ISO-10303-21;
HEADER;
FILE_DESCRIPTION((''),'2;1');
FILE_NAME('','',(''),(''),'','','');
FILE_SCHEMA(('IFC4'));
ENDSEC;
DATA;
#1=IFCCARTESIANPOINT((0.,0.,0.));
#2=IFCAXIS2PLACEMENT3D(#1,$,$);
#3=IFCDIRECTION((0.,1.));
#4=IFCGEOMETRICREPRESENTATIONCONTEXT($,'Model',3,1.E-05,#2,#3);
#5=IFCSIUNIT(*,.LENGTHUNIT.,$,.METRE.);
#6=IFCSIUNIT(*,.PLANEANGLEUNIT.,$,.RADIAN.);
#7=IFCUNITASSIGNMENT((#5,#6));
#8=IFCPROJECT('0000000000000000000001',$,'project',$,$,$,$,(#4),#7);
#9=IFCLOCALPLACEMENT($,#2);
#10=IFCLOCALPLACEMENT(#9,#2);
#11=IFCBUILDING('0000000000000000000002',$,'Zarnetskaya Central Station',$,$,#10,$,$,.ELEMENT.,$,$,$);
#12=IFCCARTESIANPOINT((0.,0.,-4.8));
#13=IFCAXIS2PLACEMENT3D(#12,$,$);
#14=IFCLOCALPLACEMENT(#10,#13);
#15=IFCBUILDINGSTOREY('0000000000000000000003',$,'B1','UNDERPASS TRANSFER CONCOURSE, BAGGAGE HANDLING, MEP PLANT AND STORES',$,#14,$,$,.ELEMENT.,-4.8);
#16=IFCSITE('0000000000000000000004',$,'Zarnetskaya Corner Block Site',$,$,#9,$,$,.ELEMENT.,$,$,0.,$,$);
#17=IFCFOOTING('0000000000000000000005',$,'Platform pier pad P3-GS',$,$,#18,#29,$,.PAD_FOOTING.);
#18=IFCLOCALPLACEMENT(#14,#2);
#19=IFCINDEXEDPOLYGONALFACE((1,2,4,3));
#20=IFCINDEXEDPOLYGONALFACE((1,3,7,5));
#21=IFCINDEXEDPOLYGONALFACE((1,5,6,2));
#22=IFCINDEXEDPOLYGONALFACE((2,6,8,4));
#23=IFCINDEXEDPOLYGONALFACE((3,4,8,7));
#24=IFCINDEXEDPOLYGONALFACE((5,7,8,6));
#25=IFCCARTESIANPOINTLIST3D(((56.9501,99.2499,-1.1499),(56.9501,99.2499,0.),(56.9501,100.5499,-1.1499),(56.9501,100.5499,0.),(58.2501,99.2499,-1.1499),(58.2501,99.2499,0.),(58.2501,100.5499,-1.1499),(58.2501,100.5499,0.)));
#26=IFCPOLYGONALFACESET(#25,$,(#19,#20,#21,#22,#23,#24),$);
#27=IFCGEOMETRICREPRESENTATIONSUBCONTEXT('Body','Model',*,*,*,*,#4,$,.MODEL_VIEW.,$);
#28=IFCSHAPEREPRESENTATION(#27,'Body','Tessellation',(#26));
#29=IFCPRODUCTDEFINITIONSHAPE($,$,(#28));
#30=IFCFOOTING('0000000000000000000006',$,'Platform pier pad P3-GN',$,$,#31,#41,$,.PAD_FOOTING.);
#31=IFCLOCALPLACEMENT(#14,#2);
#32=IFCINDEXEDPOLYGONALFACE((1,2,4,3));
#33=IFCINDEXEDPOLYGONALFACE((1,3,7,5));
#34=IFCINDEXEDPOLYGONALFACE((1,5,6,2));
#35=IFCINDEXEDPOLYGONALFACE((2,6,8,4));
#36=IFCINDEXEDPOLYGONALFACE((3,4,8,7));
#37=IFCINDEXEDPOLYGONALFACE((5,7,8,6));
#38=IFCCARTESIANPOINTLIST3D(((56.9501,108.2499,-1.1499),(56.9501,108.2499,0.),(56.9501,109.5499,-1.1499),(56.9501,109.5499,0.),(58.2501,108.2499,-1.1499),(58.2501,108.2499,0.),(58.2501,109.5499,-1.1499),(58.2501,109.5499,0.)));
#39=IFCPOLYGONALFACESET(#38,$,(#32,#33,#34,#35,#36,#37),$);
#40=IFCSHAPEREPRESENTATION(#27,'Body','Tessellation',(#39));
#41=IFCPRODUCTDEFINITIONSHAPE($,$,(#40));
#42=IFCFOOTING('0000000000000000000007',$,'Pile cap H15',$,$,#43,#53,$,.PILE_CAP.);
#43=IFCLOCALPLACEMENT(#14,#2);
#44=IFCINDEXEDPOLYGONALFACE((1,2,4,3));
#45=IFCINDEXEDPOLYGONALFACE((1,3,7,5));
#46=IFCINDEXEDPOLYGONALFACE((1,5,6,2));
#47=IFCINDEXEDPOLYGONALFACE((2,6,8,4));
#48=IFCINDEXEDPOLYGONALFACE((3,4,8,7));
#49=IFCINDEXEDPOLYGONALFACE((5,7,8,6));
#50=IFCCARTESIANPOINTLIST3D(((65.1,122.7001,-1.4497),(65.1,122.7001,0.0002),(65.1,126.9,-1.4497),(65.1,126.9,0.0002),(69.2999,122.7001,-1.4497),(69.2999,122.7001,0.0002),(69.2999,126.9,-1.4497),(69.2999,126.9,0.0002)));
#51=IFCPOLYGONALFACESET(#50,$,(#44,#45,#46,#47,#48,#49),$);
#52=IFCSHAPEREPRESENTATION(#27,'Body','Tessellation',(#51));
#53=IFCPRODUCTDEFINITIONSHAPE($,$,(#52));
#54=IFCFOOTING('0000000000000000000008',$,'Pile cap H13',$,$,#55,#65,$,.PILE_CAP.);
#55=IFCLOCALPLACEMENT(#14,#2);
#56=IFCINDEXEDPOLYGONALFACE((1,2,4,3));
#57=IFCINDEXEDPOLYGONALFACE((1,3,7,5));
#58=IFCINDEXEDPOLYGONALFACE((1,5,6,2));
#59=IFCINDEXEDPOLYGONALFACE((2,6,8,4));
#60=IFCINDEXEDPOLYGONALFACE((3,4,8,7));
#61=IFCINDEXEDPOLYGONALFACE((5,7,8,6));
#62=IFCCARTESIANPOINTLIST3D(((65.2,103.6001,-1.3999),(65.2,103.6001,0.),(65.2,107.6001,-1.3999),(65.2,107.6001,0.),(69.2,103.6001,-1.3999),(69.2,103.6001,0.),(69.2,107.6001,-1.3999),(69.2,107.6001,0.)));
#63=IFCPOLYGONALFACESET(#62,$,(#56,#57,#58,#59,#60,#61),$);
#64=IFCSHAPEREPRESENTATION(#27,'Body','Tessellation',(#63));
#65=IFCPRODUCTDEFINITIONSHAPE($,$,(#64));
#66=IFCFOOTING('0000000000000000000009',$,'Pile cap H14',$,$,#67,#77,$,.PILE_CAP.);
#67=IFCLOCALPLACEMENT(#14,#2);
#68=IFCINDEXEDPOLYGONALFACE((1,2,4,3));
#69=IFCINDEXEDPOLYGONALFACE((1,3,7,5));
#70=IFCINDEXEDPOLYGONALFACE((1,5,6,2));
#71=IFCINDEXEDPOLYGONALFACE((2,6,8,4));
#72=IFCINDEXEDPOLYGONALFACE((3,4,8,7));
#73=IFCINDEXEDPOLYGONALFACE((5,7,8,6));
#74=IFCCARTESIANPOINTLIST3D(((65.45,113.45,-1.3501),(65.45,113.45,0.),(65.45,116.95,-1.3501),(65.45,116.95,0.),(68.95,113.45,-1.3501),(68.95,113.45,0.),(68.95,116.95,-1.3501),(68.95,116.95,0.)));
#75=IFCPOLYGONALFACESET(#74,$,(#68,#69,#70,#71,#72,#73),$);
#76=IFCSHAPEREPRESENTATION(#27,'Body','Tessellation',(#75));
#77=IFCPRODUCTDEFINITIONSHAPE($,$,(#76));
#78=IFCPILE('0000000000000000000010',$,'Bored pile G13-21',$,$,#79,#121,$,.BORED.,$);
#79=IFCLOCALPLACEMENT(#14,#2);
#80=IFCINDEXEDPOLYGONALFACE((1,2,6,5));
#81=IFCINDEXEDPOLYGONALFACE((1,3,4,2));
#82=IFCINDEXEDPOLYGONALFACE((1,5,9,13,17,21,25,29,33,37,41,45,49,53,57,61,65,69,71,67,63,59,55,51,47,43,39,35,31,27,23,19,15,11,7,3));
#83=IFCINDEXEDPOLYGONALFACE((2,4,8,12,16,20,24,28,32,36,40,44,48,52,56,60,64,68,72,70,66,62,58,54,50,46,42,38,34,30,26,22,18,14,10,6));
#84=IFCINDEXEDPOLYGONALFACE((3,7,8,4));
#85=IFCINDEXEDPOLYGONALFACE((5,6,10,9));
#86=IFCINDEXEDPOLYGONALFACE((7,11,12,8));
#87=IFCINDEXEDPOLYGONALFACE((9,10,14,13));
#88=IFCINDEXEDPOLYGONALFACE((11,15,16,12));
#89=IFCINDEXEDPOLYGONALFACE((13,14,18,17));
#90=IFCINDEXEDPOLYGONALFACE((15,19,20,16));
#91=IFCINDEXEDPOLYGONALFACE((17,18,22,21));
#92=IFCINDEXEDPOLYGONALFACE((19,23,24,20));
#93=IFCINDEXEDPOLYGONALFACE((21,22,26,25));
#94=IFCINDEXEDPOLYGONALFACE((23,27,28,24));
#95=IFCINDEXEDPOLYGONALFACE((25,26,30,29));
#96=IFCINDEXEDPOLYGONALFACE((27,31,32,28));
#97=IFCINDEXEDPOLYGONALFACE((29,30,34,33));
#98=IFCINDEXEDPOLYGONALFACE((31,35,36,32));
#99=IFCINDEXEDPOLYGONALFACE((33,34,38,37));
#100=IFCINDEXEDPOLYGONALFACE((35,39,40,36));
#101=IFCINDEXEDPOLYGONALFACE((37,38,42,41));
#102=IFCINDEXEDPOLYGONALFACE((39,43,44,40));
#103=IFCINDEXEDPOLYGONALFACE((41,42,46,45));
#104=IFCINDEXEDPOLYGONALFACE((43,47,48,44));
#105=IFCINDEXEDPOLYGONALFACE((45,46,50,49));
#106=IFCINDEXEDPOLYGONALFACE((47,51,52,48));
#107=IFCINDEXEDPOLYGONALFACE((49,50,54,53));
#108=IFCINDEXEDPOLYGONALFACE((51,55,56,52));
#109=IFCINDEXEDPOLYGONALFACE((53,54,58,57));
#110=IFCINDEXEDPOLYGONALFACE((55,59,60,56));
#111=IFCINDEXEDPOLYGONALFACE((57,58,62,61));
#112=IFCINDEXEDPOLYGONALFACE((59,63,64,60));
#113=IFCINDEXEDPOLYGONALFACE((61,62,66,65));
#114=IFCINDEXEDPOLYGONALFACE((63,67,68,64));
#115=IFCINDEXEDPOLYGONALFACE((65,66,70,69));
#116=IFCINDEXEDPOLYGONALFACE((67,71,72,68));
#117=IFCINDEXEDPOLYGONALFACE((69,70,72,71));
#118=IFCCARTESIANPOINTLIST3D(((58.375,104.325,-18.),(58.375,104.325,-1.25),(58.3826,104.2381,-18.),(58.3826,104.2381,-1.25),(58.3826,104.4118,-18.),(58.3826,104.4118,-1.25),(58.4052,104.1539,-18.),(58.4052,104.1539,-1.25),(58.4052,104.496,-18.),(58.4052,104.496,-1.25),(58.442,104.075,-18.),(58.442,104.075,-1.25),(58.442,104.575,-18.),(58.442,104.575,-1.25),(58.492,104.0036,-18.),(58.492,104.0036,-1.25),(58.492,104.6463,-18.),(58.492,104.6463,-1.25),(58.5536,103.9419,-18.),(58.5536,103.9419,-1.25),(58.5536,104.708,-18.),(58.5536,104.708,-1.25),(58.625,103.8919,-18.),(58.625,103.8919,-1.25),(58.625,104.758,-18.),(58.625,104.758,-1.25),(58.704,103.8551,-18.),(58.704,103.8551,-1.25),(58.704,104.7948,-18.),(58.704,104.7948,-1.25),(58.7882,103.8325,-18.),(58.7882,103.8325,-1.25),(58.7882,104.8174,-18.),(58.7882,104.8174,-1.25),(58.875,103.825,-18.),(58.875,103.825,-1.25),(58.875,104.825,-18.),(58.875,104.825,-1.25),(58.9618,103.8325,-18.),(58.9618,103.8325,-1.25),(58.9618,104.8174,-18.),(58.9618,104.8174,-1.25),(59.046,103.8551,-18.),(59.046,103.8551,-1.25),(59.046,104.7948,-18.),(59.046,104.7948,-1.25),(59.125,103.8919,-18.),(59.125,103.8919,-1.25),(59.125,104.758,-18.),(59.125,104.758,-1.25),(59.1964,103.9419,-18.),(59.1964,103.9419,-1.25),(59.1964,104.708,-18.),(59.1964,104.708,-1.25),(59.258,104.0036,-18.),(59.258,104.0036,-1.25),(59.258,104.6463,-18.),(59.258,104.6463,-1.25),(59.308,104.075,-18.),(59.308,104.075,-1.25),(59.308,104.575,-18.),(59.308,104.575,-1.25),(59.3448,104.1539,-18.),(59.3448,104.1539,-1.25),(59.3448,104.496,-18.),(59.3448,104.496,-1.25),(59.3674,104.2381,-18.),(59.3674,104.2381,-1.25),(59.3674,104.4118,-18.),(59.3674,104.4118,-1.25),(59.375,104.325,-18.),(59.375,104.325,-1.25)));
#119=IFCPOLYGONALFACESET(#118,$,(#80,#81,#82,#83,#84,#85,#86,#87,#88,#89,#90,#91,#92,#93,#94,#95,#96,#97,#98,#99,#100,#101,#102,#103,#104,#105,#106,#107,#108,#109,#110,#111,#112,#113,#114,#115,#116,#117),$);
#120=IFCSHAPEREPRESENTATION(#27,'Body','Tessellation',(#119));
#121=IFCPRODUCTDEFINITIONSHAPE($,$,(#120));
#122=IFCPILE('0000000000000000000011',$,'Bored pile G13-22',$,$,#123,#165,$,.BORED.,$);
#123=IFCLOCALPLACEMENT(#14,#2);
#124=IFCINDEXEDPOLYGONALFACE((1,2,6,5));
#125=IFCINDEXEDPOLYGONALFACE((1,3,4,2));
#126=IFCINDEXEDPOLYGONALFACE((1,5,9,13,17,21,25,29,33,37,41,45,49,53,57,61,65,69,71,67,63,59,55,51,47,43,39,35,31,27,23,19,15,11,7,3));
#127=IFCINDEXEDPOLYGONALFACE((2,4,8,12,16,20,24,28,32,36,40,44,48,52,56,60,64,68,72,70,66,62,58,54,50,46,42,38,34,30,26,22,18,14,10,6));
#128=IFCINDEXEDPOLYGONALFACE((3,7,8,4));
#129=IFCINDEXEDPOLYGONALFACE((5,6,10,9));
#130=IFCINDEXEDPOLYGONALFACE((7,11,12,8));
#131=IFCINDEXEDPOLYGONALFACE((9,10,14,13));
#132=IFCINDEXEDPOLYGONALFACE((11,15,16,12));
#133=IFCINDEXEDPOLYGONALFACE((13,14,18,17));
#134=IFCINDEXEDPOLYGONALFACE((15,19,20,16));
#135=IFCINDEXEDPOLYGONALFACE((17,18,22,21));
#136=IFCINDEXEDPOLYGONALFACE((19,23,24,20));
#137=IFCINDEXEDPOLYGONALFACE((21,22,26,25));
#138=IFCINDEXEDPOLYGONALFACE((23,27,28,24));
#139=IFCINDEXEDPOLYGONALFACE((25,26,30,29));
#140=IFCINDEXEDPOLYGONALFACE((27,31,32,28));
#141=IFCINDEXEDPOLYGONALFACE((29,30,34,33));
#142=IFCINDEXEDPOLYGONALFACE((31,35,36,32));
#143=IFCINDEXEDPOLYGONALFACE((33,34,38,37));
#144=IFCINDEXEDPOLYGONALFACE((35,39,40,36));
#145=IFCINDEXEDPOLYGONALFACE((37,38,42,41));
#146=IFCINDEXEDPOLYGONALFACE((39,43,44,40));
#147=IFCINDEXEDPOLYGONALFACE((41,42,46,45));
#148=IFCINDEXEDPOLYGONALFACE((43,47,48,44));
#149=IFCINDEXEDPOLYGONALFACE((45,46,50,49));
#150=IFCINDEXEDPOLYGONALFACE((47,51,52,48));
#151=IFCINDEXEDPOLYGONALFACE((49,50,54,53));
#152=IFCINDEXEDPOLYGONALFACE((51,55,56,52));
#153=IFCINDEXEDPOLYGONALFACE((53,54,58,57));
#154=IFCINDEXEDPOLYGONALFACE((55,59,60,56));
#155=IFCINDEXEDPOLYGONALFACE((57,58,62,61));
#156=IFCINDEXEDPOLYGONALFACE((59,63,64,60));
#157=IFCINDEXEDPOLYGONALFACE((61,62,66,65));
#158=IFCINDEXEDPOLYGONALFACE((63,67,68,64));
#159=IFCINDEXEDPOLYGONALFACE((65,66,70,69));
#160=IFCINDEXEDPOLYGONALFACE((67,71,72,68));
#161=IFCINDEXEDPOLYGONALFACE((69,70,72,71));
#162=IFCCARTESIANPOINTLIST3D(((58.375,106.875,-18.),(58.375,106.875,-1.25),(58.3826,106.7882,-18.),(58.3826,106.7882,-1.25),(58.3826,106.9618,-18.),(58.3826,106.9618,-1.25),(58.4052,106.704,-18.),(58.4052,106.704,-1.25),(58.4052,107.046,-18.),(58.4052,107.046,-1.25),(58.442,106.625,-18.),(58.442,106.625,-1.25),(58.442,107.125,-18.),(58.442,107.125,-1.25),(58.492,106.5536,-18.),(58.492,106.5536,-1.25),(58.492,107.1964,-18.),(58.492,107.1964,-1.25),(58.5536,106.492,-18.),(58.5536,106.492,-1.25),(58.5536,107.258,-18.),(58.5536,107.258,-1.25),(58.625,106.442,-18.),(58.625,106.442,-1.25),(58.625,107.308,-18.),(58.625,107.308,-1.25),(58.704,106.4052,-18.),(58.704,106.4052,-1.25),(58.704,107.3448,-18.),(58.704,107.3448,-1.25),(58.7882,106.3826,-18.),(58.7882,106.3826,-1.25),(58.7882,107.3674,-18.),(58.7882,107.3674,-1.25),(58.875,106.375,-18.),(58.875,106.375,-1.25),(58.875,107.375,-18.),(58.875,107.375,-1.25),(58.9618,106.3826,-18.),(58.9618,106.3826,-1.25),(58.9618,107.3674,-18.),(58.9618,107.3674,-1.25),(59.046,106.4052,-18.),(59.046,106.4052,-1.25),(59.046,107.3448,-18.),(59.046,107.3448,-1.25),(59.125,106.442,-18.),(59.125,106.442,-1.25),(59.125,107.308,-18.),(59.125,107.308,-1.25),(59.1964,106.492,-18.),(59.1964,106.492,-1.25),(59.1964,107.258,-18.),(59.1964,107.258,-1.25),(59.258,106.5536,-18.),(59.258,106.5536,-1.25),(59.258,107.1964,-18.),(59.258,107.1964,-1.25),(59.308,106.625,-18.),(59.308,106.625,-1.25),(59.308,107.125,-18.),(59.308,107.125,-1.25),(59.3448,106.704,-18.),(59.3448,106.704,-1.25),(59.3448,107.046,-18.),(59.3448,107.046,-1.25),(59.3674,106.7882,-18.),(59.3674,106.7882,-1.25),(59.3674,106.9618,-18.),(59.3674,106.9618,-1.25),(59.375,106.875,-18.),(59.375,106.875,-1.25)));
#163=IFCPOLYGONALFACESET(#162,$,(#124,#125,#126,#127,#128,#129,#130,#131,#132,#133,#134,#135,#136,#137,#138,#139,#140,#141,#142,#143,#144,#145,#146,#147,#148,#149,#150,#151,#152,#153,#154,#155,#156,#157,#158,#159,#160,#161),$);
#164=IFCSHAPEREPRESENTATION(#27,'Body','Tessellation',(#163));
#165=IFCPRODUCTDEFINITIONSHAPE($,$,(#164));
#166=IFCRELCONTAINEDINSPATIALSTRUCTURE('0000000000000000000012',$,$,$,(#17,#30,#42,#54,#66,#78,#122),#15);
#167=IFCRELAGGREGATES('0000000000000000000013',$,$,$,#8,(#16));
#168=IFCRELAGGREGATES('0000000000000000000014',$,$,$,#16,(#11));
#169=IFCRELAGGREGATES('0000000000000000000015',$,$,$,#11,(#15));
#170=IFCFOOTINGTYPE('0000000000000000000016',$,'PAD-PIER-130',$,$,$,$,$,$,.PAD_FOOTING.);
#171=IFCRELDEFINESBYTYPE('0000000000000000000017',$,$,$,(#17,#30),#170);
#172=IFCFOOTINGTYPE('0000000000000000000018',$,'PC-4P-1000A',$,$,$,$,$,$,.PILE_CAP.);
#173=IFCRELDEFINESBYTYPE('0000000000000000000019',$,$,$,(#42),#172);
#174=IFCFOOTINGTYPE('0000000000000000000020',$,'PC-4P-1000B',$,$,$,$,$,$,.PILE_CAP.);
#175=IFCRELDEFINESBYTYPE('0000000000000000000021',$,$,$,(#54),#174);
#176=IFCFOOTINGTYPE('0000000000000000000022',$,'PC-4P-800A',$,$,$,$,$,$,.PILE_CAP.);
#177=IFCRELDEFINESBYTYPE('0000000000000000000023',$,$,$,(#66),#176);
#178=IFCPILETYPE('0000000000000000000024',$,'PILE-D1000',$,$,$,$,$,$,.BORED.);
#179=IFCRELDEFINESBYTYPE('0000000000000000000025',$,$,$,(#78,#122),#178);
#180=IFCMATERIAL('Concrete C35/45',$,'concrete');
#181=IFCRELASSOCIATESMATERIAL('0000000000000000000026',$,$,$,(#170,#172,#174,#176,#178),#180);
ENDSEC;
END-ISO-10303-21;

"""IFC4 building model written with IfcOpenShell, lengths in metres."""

from ifc_helpers import new_model, si_unit, direction, frame, origin, origin_2d, place, context, subcontext, project, spatial, rectangle, circle, extrude, material, material_profile, profile_set, type_object, element, save


model = new_model("IFC4")

# Units and contexts
model_context = context("Model", 3, precision=1e-05, world=origin(), true_north=direction((0.0, 1.0)))
body_context = subcontext(model_context, "Body", "Model", "MODEL_VIEW")
ifc_project = project(units=[si_unit("LENGTHUNIT", "METRE"), si_unit("PLANEANGLEUNIT", "RADIAN")], contexts=[model_context])

# Site, building, storey
site_placement = place(None, origin())
site = spatial("IfcSite", under=ifc_project, at=site_placement, Name="Zarnetskaya Corner Block Site", CompositionType="ELEMENT", RefElevation=0.0)
building_placement = place(site_placement, origin())
building = spatial("IfcBuilding", under=site, at=building_placement, Name="Zarnetskaya Central Station", CompositionType="ELEMENT")
storey_placement = place(building_placement, frame((0.0, 0.0, -4.8)))
storey = spatial("IfcBuildingStorey", under=building, at=storey_placement, Name="B1", Description="UNDERPASS TRANSFER CONCOURSE, BAGGAGE HANDLING, MEP PLANT AND STORES", CompositionType="ELEMENT", Elevation=-4.8)

# Footings
ifc_material = material(Name="Concrete C35/45", Category="concrete")
footing_type_1 = type_object("IfcFootingType", Name="PAD-PIER-130", PredefinedType="PAD_FOOTING", material=ifc_material)
for number, where, z_axis, x_axis, name in (
    (1, (57.6001, 99.8999, -1.1499), (0.0, 0.0, 1.0), (1.0, 0.0, 0.0), "Platform pier pad P3-GS"),
    (2, (57.6001, 108.8999, -1.1499), (0.0, 0.0, 1.0), (1.0, 0.0, 0.0), "Platform pier pad P3-GN"),
):
    element("IfcFooting", number, at=place(storey_placement, frame(where, z_axis=z_axis, x_axis=x_axis)), inside=storey, type_object=footing_type_1, Name=name, PredefinedType="PAD_FOOTING", context=body_context, shape_type="SweptSolid", body=[
        extrude(rectangle(XDim=1.3, YDim=1.3, at=origin_2d()), origin(), (0.0, 0.0, 1.0), 1.1499),
    ])
footing_type_2 = type_object("IfcFootingType", Name="PC-4P-1000A", PredefinedType="PILE_CAP", material=ifc_material)
footing_1_placement = place(storey_placement, frame((67.2, 124.8, -1.4497), z_axis=(0.0, 0.0, 1.0), x_axis=(1.0, 0.0, 0.0)))
element("IfcFooting", 3, at=footing_1_placement, inside=storey, type_object=footing_type_2, Name="Pile cap H15", PredefinedType="PILE_CAP", context=body_context, shape_type="SweptSolid", body=[
    extrude(rectangle(XDim=4.2, YDim=4.2, at=origin_2d()), origin(), (0.0, 0.0, 1.0), 1.45),
])
footing_type_3 = type_object("IfcFootingType", Name="PC-4P-1000B", PredefinedType="PILE_CAP", material=ifc_material)
footing_2_placement = place(storey_placement, frame((67.2, 105.6001, -1.3999), z_axis=(0.0, 0.0, 1.0), x_axis=(1.0, 0.0, 0.0)))
element("IfcFooting", 4, at=footing_2_placement, inside=storey, type_object=footing_type_3, Name="Pile cap H13", PredefinedType="PILE_CAP", context=body_context, shape_type="SweptSolid", body=[
    extrude(rectangle(XDim=4.0, YDim=4.0, at=origin_2d()), origin(), (0.0, 0.0, 1.0), 1.3999),
])
footing_type_4 = type_object("IfcFootingType", Name="PC-4P-800A", PredefinedType="PILE_CAP", material=ifc_material)
footing_3_placement = place(storey_placement, frame((67.2, 115.2, -1.3501), z_axis=(0.0, 0.0, 1.0), x_axis=(1.0, 0.0, 0.0)))
element("IfcFooting", 5, at=footing_3_placement, inside=storey, type_object=footing_type_4, Name="Pile cap H14", PredefinedType="PILE_CAP", context=body_context, shape_type="SweptSolid", body=[
    extrude(rectangle(XDim=3.5, YDim=3.5, at=origin_2d()), origin(), (0.0, 0.0, 1.0), 1.3501),
])

# Piles
ifc_material_profile_1 = material_profile(ifc_material, circle(Radius=0.5, at=origin_2d()), Name="BORED PILE D1000")
ifc_profile_set_1 = profile_set([ifc_material_profile_1], Name="Concrete C35/45")
pile_type_1 = type_object("IfcPileType", Name="PILE-D1000", PredefinedType="BORED", material=ifc_profile_set_1)
for number, where, z_axis, x_axis, name in (
    (6, (58.875, 104.325, -1.25), (0.0, 0.0, -1.0), (1.0, 0.0, 0.0), "Bored pile G13-21"),
    (7, (58.875, 106.875, -1.25), (0.0, 0.0, -1.0), (1.0, 0.0, 0.0), "Bored pile G13-22"),
):
    element("IfcPile", number, at=place(storey_placement, frame(where, z_axis=z_axis, x_axis=x_axis)), inside=storey, type_object=pile_type_1, Name=name, PredefinedType="BORED", context=body_context, shape_type="SweptSolid", body=[
        extrude(circle(Radius=0.5, at=origin_2d()), origin(), (0.0, 0.0, 1.0), 16.75),
    ])

save(model, "model.ifc")
